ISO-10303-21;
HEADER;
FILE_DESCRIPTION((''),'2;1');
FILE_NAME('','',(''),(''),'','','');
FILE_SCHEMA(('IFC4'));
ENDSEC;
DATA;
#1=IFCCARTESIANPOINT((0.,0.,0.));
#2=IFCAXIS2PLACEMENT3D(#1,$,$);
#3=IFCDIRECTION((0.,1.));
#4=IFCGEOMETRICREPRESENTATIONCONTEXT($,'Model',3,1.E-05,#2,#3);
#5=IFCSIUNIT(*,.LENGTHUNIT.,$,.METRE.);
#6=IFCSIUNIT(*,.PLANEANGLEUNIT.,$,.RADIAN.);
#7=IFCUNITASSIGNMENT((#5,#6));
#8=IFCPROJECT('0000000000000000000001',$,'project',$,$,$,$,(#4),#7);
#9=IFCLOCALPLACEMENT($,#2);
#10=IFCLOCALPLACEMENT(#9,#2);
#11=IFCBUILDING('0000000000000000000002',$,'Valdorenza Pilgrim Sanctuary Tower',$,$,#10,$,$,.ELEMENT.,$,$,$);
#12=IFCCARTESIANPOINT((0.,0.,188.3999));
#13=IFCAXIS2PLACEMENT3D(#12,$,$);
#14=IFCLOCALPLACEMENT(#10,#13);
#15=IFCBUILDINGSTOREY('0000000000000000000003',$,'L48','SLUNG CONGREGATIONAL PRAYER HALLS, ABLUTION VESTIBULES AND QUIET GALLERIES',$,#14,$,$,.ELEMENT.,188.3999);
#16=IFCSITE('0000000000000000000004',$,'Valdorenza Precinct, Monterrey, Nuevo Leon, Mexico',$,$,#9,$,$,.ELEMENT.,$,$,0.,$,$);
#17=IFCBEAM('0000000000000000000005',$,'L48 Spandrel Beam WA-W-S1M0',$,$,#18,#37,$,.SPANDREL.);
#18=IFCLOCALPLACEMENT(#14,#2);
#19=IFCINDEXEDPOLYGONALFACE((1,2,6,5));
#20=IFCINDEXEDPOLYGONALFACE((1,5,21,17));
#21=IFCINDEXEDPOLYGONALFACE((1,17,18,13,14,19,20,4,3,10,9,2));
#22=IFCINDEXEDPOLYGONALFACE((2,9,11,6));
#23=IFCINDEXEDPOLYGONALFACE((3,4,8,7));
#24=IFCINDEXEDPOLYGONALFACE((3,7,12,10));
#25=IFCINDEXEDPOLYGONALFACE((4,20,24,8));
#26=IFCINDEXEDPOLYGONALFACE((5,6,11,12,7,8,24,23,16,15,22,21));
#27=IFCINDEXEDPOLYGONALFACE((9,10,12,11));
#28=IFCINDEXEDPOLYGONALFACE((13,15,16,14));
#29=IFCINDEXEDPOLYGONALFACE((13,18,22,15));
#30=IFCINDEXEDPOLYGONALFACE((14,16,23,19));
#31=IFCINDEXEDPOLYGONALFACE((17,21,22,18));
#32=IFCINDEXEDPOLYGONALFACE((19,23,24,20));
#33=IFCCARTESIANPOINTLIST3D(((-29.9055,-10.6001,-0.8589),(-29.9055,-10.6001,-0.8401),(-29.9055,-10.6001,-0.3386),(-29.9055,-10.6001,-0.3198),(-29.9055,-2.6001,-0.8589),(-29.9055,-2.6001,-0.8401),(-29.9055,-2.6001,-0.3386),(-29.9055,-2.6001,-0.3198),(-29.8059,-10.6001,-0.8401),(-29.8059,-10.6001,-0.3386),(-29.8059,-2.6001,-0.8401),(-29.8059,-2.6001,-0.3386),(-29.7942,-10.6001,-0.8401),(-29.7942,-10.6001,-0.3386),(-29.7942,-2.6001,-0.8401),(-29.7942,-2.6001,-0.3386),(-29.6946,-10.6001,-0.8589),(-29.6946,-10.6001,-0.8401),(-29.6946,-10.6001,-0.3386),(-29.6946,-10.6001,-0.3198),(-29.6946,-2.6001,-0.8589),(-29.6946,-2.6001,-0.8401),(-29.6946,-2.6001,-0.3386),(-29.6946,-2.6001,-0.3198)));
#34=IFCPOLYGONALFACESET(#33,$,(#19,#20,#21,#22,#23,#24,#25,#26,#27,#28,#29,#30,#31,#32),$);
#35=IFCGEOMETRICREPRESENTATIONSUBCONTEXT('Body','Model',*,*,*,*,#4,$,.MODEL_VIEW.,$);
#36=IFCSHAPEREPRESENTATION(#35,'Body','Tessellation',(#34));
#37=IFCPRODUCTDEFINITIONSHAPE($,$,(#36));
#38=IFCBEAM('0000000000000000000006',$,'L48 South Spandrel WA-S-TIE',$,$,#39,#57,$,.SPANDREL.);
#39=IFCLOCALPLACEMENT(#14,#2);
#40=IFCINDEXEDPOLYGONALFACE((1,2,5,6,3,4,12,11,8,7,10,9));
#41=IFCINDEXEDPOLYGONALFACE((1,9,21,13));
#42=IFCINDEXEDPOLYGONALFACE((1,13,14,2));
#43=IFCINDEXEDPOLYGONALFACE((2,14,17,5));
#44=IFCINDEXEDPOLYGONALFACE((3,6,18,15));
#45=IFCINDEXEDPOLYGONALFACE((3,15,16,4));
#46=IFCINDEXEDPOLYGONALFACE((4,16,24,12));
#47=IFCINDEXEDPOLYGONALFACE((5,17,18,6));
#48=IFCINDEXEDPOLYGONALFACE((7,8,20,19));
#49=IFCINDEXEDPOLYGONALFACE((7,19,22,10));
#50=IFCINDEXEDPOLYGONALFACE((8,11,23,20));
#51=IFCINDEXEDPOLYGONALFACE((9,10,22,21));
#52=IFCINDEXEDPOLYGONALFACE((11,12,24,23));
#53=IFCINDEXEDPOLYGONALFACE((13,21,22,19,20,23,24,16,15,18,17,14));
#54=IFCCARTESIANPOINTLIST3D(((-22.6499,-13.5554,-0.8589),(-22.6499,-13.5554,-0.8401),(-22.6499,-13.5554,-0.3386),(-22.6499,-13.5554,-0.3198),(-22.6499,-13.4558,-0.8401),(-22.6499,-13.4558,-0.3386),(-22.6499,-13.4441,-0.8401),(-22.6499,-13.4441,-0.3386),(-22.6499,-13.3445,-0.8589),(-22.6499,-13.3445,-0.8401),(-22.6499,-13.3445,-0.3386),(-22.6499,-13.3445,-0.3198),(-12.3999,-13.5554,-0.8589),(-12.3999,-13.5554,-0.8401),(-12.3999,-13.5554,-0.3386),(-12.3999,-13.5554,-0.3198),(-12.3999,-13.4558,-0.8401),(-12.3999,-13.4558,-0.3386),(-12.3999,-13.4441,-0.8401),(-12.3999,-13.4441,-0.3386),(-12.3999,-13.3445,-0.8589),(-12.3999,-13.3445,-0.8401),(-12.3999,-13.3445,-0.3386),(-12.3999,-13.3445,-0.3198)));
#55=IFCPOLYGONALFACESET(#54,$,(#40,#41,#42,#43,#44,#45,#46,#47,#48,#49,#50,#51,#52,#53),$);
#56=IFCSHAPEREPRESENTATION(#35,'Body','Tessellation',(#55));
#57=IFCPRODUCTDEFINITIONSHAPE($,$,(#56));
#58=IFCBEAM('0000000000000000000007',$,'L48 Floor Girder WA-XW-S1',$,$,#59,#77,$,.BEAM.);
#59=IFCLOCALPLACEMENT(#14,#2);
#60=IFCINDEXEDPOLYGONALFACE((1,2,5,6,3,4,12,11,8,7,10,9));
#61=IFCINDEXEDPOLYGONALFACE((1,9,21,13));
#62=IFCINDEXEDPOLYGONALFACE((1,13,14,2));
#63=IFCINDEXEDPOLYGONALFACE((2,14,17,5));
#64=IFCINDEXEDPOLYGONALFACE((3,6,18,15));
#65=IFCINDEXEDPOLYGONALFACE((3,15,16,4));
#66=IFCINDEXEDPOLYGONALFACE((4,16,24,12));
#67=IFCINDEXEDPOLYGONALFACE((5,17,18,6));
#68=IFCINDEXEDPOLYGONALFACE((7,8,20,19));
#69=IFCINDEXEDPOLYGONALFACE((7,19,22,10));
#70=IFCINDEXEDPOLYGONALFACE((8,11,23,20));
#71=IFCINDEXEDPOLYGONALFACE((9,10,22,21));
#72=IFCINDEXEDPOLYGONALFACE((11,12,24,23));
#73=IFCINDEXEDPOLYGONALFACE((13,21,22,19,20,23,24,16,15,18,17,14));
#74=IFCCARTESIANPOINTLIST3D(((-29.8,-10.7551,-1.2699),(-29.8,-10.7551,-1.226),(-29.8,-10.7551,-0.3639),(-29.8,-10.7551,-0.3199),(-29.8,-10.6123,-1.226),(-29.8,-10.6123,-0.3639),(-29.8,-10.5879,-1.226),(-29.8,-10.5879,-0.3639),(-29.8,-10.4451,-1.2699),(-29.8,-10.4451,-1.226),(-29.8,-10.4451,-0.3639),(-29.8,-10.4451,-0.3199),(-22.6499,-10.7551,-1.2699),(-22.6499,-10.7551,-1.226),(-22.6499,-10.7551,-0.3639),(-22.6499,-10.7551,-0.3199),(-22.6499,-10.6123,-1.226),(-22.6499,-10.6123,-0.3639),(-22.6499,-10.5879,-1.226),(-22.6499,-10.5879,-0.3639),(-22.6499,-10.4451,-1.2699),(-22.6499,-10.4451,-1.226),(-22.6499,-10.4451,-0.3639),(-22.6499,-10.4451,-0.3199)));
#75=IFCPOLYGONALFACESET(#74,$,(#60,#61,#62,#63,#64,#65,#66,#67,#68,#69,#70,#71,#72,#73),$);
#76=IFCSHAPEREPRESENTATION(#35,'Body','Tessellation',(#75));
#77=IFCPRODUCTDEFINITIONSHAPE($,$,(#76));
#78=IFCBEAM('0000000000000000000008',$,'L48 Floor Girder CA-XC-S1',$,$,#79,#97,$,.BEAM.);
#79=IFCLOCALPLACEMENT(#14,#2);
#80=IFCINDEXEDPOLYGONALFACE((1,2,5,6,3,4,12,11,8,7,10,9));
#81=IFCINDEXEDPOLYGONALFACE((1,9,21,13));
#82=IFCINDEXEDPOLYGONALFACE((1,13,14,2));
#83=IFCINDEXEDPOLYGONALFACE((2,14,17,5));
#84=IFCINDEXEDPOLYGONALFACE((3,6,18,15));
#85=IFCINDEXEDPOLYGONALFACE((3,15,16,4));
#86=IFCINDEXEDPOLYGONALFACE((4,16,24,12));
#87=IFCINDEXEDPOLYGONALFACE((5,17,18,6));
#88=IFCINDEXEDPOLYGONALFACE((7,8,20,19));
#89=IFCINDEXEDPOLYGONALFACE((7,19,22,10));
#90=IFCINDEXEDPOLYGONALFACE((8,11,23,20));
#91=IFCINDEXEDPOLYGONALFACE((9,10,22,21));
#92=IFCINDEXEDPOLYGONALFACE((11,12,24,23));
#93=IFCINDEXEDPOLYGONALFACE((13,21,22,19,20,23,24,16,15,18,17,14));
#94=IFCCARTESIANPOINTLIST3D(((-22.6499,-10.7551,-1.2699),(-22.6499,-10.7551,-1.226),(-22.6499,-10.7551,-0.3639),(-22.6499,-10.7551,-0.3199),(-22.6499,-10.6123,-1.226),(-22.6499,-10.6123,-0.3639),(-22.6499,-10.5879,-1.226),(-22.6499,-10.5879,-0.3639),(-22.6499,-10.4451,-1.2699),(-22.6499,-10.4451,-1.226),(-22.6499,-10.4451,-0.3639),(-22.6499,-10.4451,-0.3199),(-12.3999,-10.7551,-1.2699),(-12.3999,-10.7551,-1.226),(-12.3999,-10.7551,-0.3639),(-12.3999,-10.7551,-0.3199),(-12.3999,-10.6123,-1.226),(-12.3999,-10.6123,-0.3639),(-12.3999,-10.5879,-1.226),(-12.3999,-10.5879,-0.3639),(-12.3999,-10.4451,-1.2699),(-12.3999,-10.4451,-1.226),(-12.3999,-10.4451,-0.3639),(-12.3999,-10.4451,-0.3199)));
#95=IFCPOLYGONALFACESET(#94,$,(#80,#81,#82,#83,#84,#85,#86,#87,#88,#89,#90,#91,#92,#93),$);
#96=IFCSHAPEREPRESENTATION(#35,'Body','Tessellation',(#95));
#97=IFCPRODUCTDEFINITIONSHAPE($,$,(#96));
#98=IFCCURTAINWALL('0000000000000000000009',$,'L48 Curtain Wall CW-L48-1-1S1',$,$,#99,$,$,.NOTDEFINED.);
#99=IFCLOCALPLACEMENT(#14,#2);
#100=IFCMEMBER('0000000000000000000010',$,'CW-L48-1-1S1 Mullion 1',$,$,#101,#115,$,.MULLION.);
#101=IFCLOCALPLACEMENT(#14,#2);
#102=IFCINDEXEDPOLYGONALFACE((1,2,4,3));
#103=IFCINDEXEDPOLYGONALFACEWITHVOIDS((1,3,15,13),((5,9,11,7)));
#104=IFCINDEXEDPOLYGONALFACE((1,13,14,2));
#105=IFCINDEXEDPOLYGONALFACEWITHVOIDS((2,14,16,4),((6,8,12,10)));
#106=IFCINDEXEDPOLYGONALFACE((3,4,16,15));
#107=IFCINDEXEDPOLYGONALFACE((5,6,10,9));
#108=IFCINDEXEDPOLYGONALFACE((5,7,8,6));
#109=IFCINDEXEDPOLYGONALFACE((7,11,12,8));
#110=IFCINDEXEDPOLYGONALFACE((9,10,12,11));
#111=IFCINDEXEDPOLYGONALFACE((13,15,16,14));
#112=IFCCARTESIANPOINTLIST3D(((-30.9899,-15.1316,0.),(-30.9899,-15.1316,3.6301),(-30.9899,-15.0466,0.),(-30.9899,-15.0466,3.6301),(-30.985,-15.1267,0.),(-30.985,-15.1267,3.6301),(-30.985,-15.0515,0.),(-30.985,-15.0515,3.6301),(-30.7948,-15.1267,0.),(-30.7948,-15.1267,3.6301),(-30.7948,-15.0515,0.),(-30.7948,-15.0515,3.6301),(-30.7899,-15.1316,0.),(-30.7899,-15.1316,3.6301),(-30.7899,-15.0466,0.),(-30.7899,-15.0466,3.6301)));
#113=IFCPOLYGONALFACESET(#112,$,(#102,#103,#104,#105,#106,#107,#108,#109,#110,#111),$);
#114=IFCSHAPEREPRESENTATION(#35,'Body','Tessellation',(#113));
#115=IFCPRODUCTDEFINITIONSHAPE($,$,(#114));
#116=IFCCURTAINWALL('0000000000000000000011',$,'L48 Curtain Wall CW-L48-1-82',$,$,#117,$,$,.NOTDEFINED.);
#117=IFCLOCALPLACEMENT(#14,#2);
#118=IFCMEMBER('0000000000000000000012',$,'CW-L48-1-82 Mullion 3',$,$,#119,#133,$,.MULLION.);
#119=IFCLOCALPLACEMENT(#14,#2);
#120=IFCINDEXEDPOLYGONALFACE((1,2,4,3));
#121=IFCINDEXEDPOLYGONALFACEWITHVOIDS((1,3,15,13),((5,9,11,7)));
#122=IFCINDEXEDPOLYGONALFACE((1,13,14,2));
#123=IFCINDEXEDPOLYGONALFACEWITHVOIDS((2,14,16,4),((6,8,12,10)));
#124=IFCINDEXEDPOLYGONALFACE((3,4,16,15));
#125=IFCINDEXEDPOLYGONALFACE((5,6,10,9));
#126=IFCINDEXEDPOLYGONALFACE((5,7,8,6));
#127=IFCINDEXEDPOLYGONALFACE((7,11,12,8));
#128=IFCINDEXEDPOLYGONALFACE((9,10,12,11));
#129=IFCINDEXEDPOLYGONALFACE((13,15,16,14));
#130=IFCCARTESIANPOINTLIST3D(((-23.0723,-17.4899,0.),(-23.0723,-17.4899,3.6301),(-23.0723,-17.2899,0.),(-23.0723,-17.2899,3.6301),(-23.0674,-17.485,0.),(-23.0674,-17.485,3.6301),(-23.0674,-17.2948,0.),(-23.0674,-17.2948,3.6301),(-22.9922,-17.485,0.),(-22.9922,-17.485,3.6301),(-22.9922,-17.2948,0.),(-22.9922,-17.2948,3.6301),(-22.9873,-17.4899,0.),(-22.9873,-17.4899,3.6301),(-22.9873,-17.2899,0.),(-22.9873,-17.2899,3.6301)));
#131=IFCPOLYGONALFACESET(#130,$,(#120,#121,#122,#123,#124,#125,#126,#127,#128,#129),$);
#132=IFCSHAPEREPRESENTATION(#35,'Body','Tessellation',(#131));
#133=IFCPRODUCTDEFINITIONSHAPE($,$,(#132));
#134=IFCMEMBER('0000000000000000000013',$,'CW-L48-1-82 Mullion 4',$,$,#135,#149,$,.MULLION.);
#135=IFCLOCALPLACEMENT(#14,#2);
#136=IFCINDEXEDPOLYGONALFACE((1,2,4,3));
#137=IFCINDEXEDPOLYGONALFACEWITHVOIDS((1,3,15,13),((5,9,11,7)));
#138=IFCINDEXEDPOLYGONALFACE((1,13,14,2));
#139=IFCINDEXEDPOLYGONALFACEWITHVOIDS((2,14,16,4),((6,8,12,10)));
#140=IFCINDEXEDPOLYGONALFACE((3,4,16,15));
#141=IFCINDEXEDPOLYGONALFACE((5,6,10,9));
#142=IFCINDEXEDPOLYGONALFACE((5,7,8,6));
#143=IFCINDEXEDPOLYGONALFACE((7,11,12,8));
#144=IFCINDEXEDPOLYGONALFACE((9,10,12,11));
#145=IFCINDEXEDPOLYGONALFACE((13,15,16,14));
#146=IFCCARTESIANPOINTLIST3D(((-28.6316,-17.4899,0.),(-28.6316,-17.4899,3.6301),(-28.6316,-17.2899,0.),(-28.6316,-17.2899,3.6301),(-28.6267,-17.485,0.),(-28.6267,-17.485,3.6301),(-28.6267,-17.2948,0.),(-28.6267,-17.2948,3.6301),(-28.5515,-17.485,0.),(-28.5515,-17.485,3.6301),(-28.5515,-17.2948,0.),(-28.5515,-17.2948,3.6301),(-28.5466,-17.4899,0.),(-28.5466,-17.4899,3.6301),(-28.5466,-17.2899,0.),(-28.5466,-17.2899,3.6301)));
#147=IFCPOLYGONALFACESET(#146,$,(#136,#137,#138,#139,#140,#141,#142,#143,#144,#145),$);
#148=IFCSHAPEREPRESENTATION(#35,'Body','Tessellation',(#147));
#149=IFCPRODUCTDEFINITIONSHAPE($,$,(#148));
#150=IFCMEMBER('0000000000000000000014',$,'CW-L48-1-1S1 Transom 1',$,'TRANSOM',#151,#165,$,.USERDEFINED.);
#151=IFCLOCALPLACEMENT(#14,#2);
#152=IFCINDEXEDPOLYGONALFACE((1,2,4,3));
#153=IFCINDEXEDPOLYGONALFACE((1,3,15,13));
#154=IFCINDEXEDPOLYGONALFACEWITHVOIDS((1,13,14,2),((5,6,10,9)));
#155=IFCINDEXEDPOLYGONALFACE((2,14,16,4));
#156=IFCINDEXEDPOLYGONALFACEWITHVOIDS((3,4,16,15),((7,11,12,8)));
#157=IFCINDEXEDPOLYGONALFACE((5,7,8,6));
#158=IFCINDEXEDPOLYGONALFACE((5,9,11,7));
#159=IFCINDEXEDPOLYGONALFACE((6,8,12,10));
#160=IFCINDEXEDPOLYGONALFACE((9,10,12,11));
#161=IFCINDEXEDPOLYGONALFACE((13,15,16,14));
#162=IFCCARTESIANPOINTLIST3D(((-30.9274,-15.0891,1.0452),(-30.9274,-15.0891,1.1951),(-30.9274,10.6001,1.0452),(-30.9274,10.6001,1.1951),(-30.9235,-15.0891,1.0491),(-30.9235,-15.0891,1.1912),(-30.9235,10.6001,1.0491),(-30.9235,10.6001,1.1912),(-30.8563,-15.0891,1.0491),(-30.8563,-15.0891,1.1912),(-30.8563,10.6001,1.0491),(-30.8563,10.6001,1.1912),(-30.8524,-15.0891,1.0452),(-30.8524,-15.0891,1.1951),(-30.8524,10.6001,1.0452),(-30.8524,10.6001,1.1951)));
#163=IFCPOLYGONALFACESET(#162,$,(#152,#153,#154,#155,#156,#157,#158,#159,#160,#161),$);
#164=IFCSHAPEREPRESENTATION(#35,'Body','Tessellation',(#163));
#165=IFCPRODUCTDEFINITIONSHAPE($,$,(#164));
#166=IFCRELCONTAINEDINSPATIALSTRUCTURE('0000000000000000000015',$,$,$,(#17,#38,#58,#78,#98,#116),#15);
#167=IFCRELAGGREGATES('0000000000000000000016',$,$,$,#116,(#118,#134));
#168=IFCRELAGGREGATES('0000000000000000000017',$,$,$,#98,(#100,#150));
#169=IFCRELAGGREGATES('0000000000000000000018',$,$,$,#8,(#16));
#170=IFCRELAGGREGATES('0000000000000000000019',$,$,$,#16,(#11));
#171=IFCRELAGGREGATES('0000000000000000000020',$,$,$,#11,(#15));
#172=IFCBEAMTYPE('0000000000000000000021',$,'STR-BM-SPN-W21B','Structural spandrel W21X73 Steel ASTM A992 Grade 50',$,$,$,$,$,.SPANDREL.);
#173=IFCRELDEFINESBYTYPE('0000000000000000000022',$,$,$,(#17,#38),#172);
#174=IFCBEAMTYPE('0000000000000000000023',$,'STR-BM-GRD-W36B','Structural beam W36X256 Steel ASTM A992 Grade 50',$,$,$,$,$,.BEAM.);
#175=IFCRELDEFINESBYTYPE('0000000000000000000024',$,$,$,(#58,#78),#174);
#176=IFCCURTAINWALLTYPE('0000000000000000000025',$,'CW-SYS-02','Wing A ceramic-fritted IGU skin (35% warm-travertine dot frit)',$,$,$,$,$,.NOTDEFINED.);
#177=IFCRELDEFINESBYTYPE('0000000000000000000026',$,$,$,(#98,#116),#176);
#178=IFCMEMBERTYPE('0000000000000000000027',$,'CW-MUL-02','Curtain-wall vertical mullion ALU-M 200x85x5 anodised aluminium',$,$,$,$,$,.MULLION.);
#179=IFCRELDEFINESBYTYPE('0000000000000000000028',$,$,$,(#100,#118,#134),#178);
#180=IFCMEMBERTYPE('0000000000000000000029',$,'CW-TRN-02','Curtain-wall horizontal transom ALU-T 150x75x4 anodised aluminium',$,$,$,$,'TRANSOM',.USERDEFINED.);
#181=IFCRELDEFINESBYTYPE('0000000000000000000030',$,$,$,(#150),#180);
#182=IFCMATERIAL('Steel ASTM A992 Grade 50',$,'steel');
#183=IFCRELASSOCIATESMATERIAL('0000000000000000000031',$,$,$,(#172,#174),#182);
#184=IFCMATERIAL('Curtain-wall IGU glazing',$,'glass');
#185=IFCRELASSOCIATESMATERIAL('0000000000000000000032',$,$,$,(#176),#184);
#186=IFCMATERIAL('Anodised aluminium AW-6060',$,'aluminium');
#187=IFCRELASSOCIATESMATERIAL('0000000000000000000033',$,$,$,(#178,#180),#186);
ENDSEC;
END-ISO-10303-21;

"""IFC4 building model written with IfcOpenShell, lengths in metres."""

from ifc_helpers import new_model, si_unit, direction, frame, origin, origin_2d, place, context, subcontext, project, spatial, hollow_rectangle, i_section, extrude, source, transform, mapped, material, material_profile, profile_set, type_object, element, aggregate, save


model = new_model("IFC4")

# Units and contexts
model_context = context("Model", 3, precision=1e-05, world=origin(), true_north=direction((0.0, 1.0)))
body_context = subcontext(model_context, "Body", "Model", "MODEL_VIEW")
ifc_project = project(units=[si_unit("LENGTHUNIT", "METRE"), si_unit("PLANEANGLEUNIT", "RADIAN")], contexts=[model_context])

# Site, building, storey
site_placement = place(None, origin())
site = spatial("IfcSite", under=ifc_project, at=site_placement, Name="Valdorenza Precinct, Monterrey, Nuevo Leon, Mexico", CompositionType="ELEMENT", RefElevation=0.0)
building_placement = place(site_placement, origin())
building = spatial("IfcBuilding", under=site, at=building_placement, Name="Valdorenza Pilgrim Sanctuary Tower", CompositionType="ELEMENT")
storey_placement = place(building_placement, frame((0.0, 0.0, 188.3999)))
storey = spatial("IfcBuildingStorey", under=building, at=storey_placement, Name="L48", Description="SLUNG CONGREGATIONAL PRAYER HALLS, ABLUTION VESTIBULES AND QUIET GALLERIES", CompositionType="ELEMENT", Elevation=188.3999)

# Shared definitions
ifc_material_1 = material(Name="Steel ASTM A992 Grade 50", Category="steel")

# Beams
ifc_material_profile_1 = material_profile(ifc_material_1, i_section(OverallWidth=0.2109, OverallDepth=0.5391, WebThickness=0.0117, FlangeThickness=0.0188, at=origin_2d()), Name="W21X73")
ifc_profile_set_1 = profile_set([ifc_material_profile_1], Name="Steel ASTM A992 Grade 50")
beam_type_1 = type_object("IfcBeamType", Name="STR-BM-SPN-W21B", Description="Structural spandrel W21X73 Steel ASTM A992 Grade 50", PredefinedType="SPANDREL", material=ifc_profile_set_1)
shared_shape_1 = source(origin(), body_context, "Body", "SweptSolid", [
    extrude(i_section(OverallWidth=0.2109, OverallDepth=0.5391, WebThickness=0.0117, FlangeThickness=0.0188, at=origin_2d()), origin(), (0.0, 0.0, 1.0), 8.0),
])
beam_1_placement = place(storey_placement, frame((-29.8, -10.6001, -0.5894), z_axis=(0.0, 1.0, 0.0), x_axis=(-1.0, 0.0, 0.0)))
element("IfcBeam", 1, at=beam_1_placement, inside=storey, type_object=beam_type_1, Name="L48 Spandrel Beam WA-W-S1M0", PredefinedType="SPANDREL", context=body_context, shape_type="MappedRepresentation", body=[
    mapped(shared_shape_1, transform((0.0, 0.0, 0.0), x_axis=(1.0, 0.0, 0.0), y_axis=(0.0, 1.0, 0.0), z_axis=(0.0, 0.0, 1.0), scale=1.0)),
])
shared_shape_2 = source(origin(), body_context, "Body", "SweptSolid", [
    extrude(i_section(OverallWidth=0.2109, OverallDepth=0.5391, WebThickness=0.0117, FlangeThickness=0.0188, at=origin_2d()), origin(), (0.0, 0.0, 1.0), 10.25),
])
beam_2_placement = place(storey_placement, frame((-22.6499, -13.45, -0.5894), z_axis=(1.0, 0.0, 0.0), x_axis=(0.0, 1.0, 0.0)))
element("IfcBeam", 2, at=beam_2_placement, inside=storey, type_object=beam_type_1, Name="L48 South Spandrel WA-S-TIE", PredefinedType="SPANDREL", context=body_context, shape_type="MappedRepresentation", body=[
    mapped(shared_shape_2, transform((0.0, 0.0, 0.0), x_axis=(1.0, 0.0, 0.0), y_axis=(0.0, 1.0, 0.0), z_axis=(0.0, 0.0, 1.0), scale=1.0)),
])
ifc_material_profile_2 = material_profile(ifc_material_1, i_section(OverallWidth=0.3101, OverallDepth=0.95, WebThickness=0.0244, FlangeThickness=0.0439, at=origin_2d()), Name="W36X256")
ifc_profile_set_2 = profile_set([ifc_material_profile_2], Name="Steel ASTM A992 Grade 50")
beam_type_2 = type_object("IfcBeamType", Name="STR-BM-GRD-W36B", Description="Structural beam W36X256 Steel ASTM A992 Grade 50", PredefinedType="BEAM", material=ifc_profile_set_2)
shared_shape_3 = source(origin(), body_context, "Body", "SweptSolid", [
    extrude(i_section(OverallWidth=0.3101, OverallDepth=0.95, WebThickness=0.0244, FlangeThickness=0.0439, at=origin_2d()), origin(), (0.0, 0.0, 1.0), 7.1501),
])
beam_3_placement = place(storey_placement, frame((-29.8, -10.6001, -0.7949), z_axis=(1.0, 0.0, 0.0), x_axis=(0.0, 1.0, 0.0)))
element("IfcBeam", 3, at=beam_3_placement, inside=storey, type_object=beam_type_2, Name="L48 Floor Girder WA-XW-S1", PredefinedType="BEAM", context=body_context, shape_type="MappedRepresentation", body=[
    mapped(shared_shape_3, transform((0.0, 0.0, 0.0), x_axis=(1.0, 0.0, 0.0), y_axis=(0.0, 1.0, 0.0), z_axis=(0.0, 0.0, 1.0), scale=1.0)),
])
shared_shape_4 = source(origin(), body_context, "Body", "SweptSolid", [
    extrude(i_section(OverallWidth=0.3101, OverallDepth=0.95, WebThickness=0.0244, FlangeThickness=0.0439, at=origin_2d()), origin(), (0.0, 0.0, 1.0), 10.25),
])
beam_4_placement = place(storey_placement, frame((-22.6499, -10.6001, -0.7949), z_axis=(1.0, 0.0, 0.0), x_axis=(0.0, 1.0, 0.0)))
element("IfcBeam", 4, at=beam_4_placement, inside=storey, type_object=beam_type_2, Name="L48 Floor Girder CA-XC-S1", PredefinedType="BEAM", context=body_context, shape_type="MappedRepresentation", body=[
    mapped(shared_shape_4, transform((0.0, 0.0, 0.0), x_axis=(1.0, 0.0, 0.0), y_axis=(0.0, 1.0, 0.0), z_axis=(0.0, 0.0, 1.0), scale=1.0)),
])

# Curtain wall, member
ifc_material_2 = material(Name="Curtain-wall IGU glazing", Category="glass")
curtain_wall_type = type_object("IfcCurtainWallType", Name="CW-SYS-02", Description="Wing A ceramic-fritted IGU skin (35% warm-travertine dot frit)", PredefinedType="NOTDEFINED", material=ifc_material_2)
curtain_wall_1_placement = place(storey_placement, origin())
curtain_wall_1 = element("IfcCurtainWall", 5, at=curtain_wall_1_placement, inside=storey, type_object=curtain_wall_type, Name="L48 Curtain Wall CW-L48-1-1S1", PredefinedType="NOTDEFINED")
ifc_material_3 = material(Name="Anodised aluminium AW-6060", Category="aluminium")
ifc_material_profile_3 = material_profile(ifc_material_3, hollow_rectangle(XDim=0.085, YDim=0.2, WallThickness=0.0049, at=origin_2d()), Name="ALU-M 200x85x5")
ifc_profile_set_3 = profile_set([ifc_material_profile_3], Name="Anodised aluminium AW-6060")
member_type_1 = type_object("IfcMemberType", Name="CW-MUL-02", Description="Curtain-wall vertical mullion ALU-M 200x85x5 anodised aluminium", PredefinedType="MULLION", material=ifc_profile_set_3)
shared_shape_5 = source(origin(), body_context, "Body", "SweptSolid", [
    extrude(hollow_rectangle(XDim=0.085, YDim=0.2, WallThickness=0.0049, at=origin_2d()), origin(), (0.0, 0.0, 1.0), 3.6301),
])
member_1_placement = place(storey_placement, frame((-30.8899, -15.0891, 0.0), z_axis=(0.0, 0.0, 1.0), x_axis=(0.0, 1.0, 0.0)))
member_1 = element("IfcMember", 6, at=member_1_placement, type_object=member_type_1, Name="CW-L48-1-1S1 Mullion 1", PredefinedType="MULLION", context=body_context, shape_type="MappedRepresentation", body=[
    mapped(shared_shape_5, transform((0.0, 0.0, 0.0), x_axis=(1.0, 0.0, 0.0), y_axis=(0.0, 1.0, 0.0), z_axis=(0.0, 0.0, 1.0), scale=1.0)),
])

# Curtain wall, members
curtain_wall_2_placement = place(storey_placement, origin())
curtain_wall_2 = element("IfcCurtainWall", 7, at=curtain_wall_2_placement, inside=storey, type_object=curtain_wall_type, Name="L48 Curtain Wall CW-L48-1-82", PredefinedType="NOTDEFINED")
member_2_placement = place(storey_placement, frame((-23.0298, -17.3899, 0.0), z_axis=(0.0, 0.0, 1.0), x_axis=(-1.0, 0.0, 0.0)))
member_2 = element("IfcMember", 8, at=member_2_placement, type_object=member_type_1, Name="CW-L48-1-82 Mullion 3", PredefinedType="MULLION", context=body_context, shape_type="MappedRepresentation", body=[
    mapped(shared_shape_5, transform((0.0, 0.0, 0.0), x_axis=(1.0, 0.0, 0.0), y_axis=(0.0, 1.0, 0.0), z_axis=(0.0, 0.0, 1.0), scale=1.0)),
])
member_3_placement = place(storey_placement, frame((-28.5891, -17.3899, 0.0), z_axis=(0.0, 0.0, 1.0), x_axis=(-1.0, 0.0, 0.0)))
member_3 = element("IfcMember", 9, at=member_3_placement, type_object=member_type_1, Name="CW-L48-1-82 Mullion 4", PredefinedType="MULLION", context=body_context, shape_type="MappedRepresentation", body=[
    mapped(shared_shape_5, transform((0.0, 0.0, 0.0), x_axis=(1.0, 0.0, 0.0), y_axis=(0.0, 1.0, 0.0), z_axis=(0.0, 0.0, 1.0), scale=1.0)),
])

# Member
ifc_material_profile_4 = material_profile(ifc_material_3, hollow_rectangle(XDim=0.075, YDim=0.1499, WallThickness=0.0039, at=origin_2d()), Name="ALU-T 150x75x4")
ifc_profile_set_4 = profile_set([ifc_material_profile_4], Name="Anodised aluminium AW-6060")
member_type_2 = type_object("IfcMemberType", Name="CW-TRN-02", Description="Curtain-wall horizontal transom ALU-T 150x75x4 anodised aluminium", ElementType="TRANSOM", PredefinedType="USERDEFINED", material=ifc_profile_set_4)
shared_shape_6 = source(origin(), body_context, "Body", "SweptSolid", [
    extrude(hollow_rectangle(XDim=0.075, YDim=0.1499, WallThickness=0.0039, at=origin_2d()), origin(), (0.0, 0.0, 1.0), 25.6892),
])
member_4_placement = place(storey_placement, frame((-30.8899, -15.0891, 1.1201), z_axis=(0.0, 1.0, 0.0), x_axis=(-1.0, 0.0, 0.0)))
member_4 = element("IfcMember", 10, at=member_4_placement, type_object=member_type_2, Name="CW-L48-1-1S1 Transom 1", ObjectType="TRANSOM", PredefinedType="USERDEFINED", context=body_context, shape_type="MappedRepresentation", body=[
    mapped(shared_shape_6, transform((0.0, 0.0, 0.0), x_axis=(1.0, 0.0, 0.0), y_axis=(0.0, 1.0, 0.0), z_axis=(0.0, 0.0, 1.0), scale=1.0)),
])

aggregate(curtain_wall_2, [member_2, member_3])
aggregate(curtain_wall_1, [member_1, member_4])

save(model, "model.ifc")
